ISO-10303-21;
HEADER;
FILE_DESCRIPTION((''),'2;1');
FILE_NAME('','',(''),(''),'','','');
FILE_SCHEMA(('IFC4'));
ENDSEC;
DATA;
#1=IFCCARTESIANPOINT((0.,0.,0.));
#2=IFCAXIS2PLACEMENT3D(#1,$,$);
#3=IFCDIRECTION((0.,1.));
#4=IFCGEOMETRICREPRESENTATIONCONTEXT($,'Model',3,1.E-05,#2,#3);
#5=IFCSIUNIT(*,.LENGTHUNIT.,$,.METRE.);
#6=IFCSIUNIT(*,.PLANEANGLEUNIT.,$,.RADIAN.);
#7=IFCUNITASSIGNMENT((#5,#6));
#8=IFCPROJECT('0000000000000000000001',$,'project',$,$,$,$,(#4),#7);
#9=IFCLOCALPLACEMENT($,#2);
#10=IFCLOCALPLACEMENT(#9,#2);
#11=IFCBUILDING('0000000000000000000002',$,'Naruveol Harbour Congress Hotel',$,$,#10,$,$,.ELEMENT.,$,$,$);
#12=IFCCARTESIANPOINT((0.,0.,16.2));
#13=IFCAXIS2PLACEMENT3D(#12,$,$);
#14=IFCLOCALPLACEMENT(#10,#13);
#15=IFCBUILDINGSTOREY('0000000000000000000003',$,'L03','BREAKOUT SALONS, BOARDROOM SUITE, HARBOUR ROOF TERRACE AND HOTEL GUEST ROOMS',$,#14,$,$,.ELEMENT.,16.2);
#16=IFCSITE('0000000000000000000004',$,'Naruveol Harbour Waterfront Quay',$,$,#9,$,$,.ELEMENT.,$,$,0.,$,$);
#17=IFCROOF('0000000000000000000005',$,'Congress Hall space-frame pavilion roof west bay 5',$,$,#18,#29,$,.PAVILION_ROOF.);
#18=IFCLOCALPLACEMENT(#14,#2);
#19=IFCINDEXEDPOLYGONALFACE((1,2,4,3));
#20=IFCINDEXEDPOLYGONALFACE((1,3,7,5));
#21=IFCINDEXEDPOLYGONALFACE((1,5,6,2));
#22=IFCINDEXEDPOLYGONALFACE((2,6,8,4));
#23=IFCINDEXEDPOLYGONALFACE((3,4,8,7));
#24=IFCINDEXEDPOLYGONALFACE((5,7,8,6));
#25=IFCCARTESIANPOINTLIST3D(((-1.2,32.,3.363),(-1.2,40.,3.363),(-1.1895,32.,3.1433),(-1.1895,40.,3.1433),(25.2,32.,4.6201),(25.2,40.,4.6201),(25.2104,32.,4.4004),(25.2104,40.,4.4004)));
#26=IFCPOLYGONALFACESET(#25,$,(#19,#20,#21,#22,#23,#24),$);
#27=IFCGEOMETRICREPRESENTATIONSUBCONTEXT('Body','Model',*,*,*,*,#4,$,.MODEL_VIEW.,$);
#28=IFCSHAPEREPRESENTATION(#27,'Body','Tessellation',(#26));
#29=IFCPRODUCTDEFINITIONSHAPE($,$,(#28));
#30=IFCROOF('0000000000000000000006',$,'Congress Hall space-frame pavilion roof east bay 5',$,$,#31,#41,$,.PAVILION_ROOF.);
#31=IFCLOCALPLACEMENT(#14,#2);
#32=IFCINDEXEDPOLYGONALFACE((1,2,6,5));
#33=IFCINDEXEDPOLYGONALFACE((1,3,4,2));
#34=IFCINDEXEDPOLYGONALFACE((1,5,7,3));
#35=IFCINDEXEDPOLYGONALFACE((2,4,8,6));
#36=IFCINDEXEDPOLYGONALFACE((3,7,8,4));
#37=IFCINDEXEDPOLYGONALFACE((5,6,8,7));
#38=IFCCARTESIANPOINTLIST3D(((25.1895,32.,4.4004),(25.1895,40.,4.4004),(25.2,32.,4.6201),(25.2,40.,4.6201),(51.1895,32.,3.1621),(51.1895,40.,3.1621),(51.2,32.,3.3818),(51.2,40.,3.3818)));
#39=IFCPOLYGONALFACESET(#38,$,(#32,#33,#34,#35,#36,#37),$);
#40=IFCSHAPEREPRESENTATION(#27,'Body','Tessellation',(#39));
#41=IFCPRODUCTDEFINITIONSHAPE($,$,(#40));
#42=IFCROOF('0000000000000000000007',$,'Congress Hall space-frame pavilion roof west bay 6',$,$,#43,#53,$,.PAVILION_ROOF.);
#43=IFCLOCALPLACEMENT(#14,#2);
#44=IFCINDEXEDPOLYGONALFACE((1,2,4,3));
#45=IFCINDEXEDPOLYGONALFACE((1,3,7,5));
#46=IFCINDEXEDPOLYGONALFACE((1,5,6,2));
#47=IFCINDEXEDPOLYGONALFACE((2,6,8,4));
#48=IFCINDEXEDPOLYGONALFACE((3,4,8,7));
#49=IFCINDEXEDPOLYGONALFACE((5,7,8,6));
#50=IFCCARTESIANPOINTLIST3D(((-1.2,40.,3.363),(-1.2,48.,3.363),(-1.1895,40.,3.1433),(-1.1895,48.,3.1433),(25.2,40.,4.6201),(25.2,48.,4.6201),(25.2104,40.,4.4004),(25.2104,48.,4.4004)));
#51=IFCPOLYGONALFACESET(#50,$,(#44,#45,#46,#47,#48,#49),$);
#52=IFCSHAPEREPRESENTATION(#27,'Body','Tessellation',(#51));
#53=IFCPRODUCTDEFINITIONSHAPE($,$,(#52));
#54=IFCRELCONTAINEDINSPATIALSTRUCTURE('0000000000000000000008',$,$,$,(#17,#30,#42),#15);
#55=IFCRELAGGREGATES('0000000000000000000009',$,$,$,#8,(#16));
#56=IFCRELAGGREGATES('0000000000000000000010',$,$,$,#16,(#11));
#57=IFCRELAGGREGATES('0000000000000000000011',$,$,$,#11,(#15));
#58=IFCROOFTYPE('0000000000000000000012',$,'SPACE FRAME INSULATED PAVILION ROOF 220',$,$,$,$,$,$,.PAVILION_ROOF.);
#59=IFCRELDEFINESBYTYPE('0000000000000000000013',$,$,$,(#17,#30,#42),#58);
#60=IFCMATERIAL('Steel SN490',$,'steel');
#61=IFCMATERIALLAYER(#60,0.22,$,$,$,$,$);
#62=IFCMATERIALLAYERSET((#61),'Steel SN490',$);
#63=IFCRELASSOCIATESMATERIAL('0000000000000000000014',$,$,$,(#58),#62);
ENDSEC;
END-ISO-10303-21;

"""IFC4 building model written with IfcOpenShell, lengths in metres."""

from ifc_helpers import new_model, si_unit, direction, frame, origin, place, context, subcontext, project, spatial, polyline, outline, extrude, material, layer, layer_set, type_object, element, save


model = new_model("IFC4")

# Units and contexts
model_context = context("Model", 3, precision=1e-05, world=origin(), true_north=direction((0.0, 1.0)))
body_context = subcontext(model_context, "Body", "Model", "MODEL_VIEW")
ifc_project = project(units=[si_unit("LENGTHUNIT", "METRE"), si_unit("PLANEANGLEUNIT", "RADIAN")], contexts=[model_context])

# Site, building, storey
site_placement = place(None, origin())
site = spatial("IfcSite", under=ifc_project, at=site_placement, Name="Naruveol Harbour Waterfront Quay", CompositionType="ELEMENT", RefElevation=0.0)
building_placement = place(site_placement, origin())
building = spatial("IfcBuilding", under=site, at=building_placement, Name="Naruveol Harbour Congress Hotel", CompositionType="ELEMENT")
storey_placement = place(building_placement, frame((0.0, 0.0, 16.2)))
storey = spatial("IfcBuildingStorey", under=building, at=storey_placement, Name="L03", Description="BREAKOUT SALONS, BOARDROOM SUITE, HARBOUR ROOF TERRACE AND HOTEL GUEST ROOMS", CompositionType="ELEMENT", Elevation=16.2)

# Roofs
ifc_material_1 = material(Name="Steel SN490", Category="steel")
ifc_layer_1 = layer(ifc_material_1, 0.22)
ifc_layer_set_1 = layer_set([ifc_layer_1], Name="Steel SN490")
roof_type = type_object("IfcRoofType", Name="SPACE FRAME INSULATED PAVILION ROOF 220", PredefinedType="PAVILION_ROOF", material=ifc_layer_set_1)
roof_1_placement = place(storey_placement, frame((-1.2, 32.0, 3.363), z_axis=(-0.047563, 0.0, 0.998868), x_axis=(0.998868, 0.0, 0.047563)))
element("IfcRoof", 1, at=roof_1_placement, inside=storey, type_object=roof_type, Name="Congress Hall space-frame pavilion roof west bay 5", PredefinedType="PAVILION_ROOF", context=body_context, shape_type="SweptSolid", body=[
    extrude(outline(polyline([(0.0, 0.0), (26.4298, 0.0), (26.4298, 8.0), (0.0, 8.0), (0.0, 0.0)])), origin(), (0.0, 0.0, -1.0), 0.22),
])
roof_2_placement = place(storey_placement, frame((25.2, 32.0, 4.6201), z_axis=(0.047572, 0.0, 0.998868), x_axis=(0.998868, 0.0, -0.047572)))
element("IfcRoof", 2, at=roof_2_placement, inside=storey, type_object=roof_type, Name="Congress Hall space-frame pavilion roof east bay 5", PredefinedType="PAVILION_ROOF", context=body_context, shape_type="SweptSolid", body=[
    extrude(outline(polyline([(0.0, 0.0), (26.0295, 0.0), (26.0295, 8.0), (0.0, 8.0), (0.0, 0.0)])), origin(), (0.0, 0.0, -1.0), 0.22),
])
roof_3_placement = place(storey_placement, frame((-1.2, 40.0, 3.363), z_axis=(-0.047563, 0.0, 0.998868), x_axis=(0.998868, 0.0, 0.047563)))
element("IfcRoof", 3, at=roof_3_placement, inside=storey, type_object=roof_type, Name="Congress Hall space-frame pavilion roof west bay 6", PredefinedType="PAVILION_ROOF", context=body_context, shape_type="SweptSolid", body=[
    extrude(outline(polyline([(0.0, 0.0), (26.4298, 0.0), (26.4298, 8.0), (0.0, 8.0), (0.0, 0.0)])), origin(), (0.0, 0.0, -1.0), 0.22),
])

save(model, "model.ifc")
